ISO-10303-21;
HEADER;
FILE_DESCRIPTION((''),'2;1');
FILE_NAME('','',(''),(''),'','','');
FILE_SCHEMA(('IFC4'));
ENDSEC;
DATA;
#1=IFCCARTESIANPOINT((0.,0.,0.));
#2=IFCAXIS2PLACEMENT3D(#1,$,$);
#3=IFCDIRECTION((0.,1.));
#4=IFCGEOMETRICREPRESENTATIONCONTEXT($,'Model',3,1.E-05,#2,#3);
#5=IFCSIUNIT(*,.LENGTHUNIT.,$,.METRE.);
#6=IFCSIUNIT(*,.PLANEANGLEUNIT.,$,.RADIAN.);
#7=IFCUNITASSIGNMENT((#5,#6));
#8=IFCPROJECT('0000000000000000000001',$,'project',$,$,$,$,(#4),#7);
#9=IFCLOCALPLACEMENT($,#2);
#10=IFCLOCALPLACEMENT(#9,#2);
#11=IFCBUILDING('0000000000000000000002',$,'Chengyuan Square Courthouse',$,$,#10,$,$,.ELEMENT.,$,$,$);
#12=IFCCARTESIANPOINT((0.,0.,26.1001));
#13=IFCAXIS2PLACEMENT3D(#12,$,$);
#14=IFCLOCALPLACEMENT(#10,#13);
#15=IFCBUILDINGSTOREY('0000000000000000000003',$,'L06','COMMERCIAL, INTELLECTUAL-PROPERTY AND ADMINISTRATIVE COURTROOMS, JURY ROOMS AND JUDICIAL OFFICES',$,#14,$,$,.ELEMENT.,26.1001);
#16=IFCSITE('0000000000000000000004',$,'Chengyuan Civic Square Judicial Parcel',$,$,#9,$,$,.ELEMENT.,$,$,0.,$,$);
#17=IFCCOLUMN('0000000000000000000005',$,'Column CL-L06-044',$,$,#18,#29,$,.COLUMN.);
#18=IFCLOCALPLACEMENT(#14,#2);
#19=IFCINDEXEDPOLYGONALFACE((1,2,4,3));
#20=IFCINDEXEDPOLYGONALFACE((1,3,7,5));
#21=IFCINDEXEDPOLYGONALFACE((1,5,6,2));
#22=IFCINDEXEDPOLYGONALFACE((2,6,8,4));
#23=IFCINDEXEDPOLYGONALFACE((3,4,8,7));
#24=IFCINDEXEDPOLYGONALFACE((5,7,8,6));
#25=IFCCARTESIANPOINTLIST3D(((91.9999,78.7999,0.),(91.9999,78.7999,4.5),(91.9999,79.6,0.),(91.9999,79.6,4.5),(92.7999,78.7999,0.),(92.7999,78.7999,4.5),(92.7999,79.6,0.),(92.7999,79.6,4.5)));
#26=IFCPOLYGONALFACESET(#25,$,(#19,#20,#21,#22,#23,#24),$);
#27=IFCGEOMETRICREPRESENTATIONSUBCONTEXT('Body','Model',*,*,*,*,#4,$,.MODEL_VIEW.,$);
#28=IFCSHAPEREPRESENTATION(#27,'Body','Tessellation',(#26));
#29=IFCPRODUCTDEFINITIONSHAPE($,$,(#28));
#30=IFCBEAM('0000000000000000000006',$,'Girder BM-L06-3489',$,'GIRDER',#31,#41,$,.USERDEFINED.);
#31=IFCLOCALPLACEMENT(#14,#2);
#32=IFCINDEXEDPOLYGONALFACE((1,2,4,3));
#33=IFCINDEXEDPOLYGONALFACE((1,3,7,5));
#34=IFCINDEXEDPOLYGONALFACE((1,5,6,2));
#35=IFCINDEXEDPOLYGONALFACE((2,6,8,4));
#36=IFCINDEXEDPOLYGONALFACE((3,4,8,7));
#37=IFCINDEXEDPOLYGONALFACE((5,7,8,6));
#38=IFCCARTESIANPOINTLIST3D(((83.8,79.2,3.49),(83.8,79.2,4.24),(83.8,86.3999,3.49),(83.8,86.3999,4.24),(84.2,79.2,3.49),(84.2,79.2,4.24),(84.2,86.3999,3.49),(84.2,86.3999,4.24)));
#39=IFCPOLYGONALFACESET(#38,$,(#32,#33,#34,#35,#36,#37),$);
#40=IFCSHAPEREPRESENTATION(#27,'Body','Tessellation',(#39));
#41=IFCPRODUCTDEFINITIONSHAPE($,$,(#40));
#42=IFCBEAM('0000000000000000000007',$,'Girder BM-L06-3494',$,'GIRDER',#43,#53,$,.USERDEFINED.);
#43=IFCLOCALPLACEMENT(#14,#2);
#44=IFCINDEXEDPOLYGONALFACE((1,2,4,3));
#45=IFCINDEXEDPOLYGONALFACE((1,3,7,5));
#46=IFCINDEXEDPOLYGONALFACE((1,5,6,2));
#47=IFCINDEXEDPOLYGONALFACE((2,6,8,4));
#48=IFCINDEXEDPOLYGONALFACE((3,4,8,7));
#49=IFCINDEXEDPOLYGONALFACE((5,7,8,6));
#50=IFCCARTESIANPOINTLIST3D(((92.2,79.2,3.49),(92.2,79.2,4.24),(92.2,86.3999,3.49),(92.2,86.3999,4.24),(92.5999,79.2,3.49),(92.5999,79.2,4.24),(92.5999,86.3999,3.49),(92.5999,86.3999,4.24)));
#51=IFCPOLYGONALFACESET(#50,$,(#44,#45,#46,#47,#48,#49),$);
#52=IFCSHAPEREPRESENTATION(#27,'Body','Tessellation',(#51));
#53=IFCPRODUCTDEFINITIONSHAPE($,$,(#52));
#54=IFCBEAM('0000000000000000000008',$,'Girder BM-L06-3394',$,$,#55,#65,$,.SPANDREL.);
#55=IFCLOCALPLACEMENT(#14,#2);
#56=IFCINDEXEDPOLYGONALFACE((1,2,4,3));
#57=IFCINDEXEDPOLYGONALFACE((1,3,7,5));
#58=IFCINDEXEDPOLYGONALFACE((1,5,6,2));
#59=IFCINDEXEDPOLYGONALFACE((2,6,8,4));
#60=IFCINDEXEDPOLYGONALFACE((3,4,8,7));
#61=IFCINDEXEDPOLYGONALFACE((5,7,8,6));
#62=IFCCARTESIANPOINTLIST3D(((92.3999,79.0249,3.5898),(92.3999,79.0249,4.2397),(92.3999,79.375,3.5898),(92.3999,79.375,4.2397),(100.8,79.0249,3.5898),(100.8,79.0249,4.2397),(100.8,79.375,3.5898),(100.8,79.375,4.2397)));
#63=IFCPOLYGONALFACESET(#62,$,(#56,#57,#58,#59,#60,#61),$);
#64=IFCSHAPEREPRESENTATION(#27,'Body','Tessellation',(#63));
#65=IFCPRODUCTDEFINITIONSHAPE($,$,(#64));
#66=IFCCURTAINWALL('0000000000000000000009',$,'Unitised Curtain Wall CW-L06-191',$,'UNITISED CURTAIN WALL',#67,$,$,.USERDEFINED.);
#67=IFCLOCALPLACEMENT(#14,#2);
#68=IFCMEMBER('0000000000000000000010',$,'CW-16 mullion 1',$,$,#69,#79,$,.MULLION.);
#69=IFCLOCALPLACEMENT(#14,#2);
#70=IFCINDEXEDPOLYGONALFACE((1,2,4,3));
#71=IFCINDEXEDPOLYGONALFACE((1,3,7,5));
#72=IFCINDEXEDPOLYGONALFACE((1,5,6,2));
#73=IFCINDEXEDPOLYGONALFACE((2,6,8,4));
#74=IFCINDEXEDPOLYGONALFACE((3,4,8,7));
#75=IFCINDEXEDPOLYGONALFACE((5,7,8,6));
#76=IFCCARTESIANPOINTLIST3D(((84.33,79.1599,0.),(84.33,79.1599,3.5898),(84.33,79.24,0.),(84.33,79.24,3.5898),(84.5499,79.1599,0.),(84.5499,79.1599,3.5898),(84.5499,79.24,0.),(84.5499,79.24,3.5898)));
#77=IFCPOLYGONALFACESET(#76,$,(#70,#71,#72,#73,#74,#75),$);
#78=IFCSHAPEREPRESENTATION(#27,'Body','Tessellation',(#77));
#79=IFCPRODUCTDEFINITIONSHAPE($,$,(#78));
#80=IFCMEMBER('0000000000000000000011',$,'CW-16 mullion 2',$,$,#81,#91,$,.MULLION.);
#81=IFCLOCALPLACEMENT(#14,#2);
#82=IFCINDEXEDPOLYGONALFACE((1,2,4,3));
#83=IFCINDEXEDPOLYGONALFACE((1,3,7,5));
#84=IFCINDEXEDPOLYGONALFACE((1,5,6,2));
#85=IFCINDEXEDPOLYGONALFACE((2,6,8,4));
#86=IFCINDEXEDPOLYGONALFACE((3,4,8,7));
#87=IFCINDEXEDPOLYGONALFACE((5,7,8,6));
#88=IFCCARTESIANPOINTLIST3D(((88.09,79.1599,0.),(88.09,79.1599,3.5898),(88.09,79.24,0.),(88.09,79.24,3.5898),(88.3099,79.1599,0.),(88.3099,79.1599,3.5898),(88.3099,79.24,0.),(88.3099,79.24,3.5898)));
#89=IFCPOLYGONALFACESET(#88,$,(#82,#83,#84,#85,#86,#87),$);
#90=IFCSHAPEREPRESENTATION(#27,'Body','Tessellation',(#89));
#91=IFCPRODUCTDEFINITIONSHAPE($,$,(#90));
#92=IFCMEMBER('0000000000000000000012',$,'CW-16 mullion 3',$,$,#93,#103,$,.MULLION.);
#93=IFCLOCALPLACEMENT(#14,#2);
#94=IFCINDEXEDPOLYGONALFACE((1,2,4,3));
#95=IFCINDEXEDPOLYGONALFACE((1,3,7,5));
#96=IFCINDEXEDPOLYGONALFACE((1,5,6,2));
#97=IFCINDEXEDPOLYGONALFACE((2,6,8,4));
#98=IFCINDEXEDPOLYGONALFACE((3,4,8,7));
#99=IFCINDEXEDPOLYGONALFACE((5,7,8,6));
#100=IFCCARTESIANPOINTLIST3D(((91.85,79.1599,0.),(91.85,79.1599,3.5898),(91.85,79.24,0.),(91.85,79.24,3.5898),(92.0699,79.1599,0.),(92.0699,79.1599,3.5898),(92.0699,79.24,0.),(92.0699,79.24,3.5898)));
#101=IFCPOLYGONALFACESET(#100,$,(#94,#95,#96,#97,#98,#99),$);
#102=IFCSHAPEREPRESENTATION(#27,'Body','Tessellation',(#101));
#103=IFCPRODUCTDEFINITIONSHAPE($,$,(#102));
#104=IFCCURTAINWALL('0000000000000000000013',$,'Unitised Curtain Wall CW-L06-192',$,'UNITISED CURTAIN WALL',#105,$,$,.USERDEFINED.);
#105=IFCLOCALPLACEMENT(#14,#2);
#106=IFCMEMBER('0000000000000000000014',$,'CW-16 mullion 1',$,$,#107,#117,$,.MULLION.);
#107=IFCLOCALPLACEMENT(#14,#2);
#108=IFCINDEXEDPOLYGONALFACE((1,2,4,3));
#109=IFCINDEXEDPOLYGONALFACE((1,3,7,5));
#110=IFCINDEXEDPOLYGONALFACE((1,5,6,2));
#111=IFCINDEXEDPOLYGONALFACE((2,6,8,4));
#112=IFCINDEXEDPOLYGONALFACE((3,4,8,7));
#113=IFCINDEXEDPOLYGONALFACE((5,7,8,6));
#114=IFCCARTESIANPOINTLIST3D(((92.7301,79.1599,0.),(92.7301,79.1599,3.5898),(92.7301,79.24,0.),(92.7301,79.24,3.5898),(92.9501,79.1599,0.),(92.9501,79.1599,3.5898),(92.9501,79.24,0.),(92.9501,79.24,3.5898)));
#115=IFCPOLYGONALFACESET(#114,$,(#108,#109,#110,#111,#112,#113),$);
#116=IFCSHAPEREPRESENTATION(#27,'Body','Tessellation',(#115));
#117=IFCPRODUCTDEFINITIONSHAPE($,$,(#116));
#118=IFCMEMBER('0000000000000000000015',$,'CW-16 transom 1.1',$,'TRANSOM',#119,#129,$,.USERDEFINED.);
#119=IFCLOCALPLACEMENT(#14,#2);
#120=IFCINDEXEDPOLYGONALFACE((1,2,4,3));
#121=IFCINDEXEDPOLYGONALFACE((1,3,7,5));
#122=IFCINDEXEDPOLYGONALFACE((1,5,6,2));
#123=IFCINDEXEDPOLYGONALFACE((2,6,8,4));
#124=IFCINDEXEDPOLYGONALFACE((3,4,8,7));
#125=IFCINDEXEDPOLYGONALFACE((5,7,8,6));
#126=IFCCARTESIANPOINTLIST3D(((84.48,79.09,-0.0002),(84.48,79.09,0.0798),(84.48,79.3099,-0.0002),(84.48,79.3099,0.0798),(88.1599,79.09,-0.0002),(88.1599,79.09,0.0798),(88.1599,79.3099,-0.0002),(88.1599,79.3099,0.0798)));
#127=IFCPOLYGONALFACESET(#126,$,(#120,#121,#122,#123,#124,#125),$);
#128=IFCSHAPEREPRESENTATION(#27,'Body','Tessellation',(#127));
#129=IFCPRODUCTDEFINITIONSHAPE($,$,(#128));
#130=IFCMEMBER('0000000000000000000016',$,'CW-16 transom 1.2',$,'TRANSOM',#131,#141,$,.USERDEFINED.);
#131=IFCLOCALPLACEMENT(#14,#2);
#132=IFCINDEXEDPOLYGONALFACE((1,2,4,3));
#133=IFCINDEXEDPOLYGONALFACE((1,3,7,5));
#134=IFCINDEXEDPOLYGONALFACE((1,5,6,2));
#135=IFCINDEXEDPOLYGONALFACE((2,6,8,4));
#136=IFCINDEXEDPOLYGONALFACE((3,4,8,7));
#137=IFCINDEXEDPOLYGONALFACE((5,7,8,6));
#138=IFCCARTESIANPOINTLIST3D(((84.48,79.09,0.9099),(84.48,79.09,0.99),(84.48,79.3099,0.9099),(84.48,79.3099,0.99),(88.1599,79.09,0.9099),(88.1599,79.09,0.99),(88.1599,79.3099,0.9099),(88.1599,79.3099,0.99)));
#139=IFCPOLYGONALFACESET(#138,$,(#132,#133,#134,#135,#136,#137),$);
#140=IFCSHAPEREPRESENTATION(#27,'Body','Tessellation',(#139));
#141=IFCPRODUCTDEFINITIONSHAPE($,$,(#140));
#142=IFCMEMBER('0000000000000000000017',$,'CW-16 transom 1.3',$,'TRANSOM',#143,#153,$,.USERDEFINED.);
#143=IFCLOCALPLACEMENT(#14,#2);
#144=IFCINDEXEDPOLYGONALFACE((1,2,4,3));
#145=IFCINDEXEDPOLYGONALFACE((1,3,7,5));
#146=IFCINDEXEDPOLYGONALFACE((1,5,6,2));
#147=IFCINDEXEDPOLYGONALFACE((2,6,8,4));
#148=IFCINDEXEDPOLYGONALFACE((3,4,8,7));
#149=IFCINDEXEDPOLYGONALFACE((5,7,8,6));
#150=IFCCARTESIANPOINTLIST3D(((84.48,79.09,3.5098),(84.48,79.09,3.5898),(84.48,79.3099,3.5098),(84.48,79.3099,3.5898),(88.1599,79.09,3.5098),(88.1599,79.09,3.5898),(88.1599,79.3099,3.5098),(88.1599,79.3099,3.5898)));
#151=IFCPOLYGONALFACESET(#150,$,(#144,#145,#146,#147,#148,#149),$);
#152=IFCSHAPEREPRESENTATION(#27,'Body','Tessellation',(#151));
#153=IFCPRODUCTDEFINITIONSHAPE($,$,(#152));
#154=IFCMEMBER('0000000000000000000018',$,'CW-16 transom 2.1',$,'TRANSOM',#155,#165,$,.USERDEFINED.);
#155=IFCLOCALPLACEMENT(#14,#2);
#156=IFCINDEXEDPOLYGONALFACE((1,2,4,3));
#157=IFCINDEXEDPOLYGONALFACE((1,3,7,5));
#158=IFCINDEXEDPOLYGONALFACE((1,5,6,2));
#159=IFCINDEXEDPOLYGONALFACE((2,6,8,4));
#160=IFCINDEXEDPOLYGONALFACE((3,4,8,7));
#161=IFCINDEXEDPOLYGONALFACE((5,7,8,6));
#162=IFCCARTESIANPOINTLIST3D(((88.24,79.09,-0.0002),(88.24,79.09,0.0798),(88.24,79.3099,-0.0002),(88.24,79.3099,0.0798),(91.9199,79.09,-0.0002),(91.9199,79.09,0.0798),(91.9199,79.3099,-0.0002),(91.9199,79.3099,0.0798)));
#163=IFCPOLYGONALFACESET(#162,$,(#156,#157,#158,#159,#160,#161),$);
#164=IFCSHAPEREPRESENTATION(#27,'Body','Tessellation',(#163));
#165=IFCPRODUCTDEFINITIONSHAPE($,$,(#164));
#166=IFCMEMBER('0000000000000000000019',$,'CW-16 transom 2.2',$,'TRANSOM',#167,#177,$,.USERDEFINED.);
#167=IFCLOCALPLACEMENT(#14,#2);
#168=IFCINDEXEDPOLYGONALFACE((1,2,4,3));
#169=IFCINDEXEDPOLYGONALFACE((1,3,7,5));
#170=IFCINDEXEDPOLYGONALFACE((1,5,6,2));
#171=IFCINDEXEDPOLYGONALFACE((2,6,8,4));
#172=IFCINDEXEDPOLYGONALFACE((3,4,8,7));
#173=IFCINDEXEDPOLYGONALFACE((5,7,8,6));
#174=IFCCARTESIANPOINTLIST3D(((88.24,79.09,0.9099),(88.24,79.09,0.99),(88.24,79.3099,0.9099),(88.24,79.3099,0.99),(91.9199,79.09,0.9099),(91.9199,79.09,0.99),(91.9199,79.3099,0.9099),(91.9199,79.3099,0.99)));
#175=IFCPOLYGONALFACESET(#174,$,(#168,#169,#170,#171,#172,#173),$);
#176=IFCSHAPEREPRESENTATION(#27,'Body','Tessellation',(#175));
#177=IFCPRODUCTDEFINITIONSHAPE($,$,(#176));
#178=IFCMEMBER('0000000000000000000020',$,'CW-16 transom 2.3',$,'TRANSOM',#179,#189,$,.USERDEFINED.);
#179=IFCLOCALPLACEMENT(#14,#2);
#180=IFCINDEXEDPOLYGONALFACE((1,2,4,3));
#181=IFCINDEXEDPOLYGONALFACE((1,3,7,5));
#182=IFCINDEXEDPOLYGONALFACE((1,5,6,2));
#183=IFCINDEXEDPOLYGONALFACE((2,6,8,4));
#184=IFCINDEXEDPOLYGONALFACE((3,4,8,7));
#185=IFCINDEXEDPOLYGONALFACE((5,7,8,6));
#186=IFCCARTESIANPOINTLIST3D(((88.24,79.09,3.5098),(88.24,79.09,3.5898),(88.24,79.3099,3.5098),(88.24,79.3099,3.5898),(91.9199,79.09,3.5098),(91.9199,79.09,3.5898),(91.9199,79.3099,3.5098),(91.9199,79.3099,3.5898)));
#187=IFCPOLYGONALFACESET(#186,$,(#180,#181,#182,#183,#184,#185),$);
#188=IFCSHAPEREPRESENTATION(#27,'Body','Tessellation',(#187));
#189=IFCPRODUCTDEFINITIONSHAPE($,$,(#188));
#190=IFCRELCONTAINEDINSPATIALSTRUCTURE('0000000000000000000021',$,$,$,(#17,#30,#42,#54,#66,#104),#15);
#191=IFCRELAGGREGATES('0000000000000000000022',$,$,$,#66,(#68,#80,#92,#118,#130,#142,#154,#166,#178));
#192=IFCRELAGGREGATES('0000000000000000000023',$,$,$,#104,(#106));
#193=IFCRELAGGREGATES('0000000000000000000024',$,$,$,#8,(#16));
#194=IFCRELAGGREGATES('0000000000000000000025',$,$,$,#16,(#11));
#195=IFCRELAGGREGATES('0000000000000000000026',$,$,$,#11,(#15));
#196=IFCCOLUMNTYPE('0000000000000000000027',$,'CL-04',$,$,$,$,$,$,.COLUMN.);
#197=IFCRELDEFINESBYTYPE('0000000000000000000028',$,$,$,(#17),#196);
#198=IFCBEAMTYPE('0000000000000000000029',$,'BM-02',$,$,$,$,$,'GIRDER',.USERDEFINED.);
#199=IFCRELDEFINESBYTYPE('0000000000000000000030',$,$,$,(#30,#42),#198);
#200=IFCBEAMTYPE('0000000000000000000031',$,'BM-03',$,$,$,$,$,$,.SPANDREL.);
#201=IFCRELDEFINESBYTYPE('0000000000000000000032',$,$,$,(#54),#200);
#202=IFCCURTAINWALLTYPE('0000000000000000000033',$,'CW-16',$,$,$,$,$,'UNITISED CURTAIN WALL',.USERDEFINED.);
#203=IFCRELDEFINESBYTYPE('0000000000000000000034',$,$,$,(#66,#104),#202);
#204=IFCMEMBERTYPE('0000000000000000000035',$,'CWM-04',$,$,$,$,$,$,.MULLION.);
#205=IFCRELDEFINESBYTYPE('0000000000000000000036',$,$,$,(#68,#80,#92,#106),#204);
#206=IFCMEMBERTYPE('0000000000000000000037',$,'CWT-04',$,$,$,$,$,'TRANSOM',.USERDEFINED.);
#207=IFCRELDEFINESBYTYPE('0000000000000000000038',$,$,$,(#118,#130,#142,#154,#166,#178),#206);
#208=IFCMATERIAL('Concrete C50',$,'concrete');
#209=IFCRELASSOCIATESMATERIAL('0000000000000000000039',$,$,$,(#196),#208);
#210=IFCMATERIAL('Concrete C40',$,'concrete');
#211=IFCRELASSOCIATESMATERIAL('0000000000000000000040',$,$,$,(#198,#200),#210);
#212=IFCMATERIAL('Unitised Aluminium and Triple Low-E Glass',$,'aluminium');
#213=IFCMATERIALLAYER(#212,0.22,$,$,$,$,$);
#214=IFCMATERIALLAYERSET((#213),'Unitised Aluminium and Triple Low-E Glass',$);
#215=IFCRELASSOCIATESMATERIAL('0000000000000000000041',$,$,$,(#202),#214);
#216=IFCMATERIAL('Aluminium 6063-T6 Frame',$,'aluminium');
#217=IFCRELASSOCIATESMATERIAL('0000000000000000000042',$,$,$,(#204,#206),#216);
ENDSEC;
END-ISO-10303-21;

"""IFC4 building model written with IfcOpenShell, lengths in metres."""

from ifc_helpers import new_model, si_unit, direction, frame, origin, origin_2d, place, context, subcontext, project, spatial, rectangle, extrude, material, layer, layer_set, material_profile, profile_set, type_object, element, aggregate, save


model = new_model("IFC4")

# Units and contexts
model_context = context("Model", 3, precision=1e-05, world=origin(), true_north=direction((0.0, 1.0)))
body_context = subcontext(model_context, "Body", "Model", "MODEL_VIEW")
ifc_project = project(units=[si_unit("LENGTHUNIT", "METRE"), si_unit("PLANEANGLEUNIT", "RADIAN")], contexts=[model_context])

# Site, building, storey
site_placement = place(None, origin())
site = spatial("IfcSite", under=ifc_project, at=site_placement, Name="Chengyuan Civic Square Judicial Parcel", CompositionType="ELEMENT", RefElevation=0.0)
building_placement = place(site_placement, origin())
building = spatial("IfcBuilding", under=site, at=building_placement, Name="Chengyuan Square Courthouse", CompositionType="ELEMENT")
storey_placement = place(building_placement, frame((0.0, 0.0, 26.1001)))
storey = spatial("IfcBuildingStorey", under=building, at=storey_placement, Name="L06", Description="COMMERCIAL, INTELLECTUAL-PROPERTY AND ADMINISTRATIVE COURTROOMS, JURY ROOMS AND JUDICIAL OFFICES", CompositionType="ELEMENT", Elevation=26.1001)

# Column
ifc_material_1 = material(Name="Concrete C50", Category="concrete")
ifc_material_profile_1 = material_profile(ifc_material_1, rectangle(XDim=0.8, YDim=0.8, at=origin_2d()), Name="RC-COL-800x800")
ifc_profile_set_1 = profile_set([ifc_material_profile_1], Name="Concrete C50")
column_type = type_object("IfcColumnType", Name="CL-04", PredefinedType="COLUMN", material=ifc_profile_set_1)
column_placement = place(storey_placement, frame((92.3999, 79.2, 0.0), z_axis=(0.0, 0.0, 1.0), x_axis=(1.0, 0.0, 0.0)))
element("IfcColumn", 1, at=column_placement, inside=storey, type_object=column_type, Name="Column CL-L06-044", PredefinedType="COLUMN", context=body_context, shape_type="SweptSolid", body=[
    extrude(rectangle(XDim=0.8, YDim=0.8, at=origin_2d()), origin(), (0.0, 0.0, 1.0), 4.5),
])

# Beams
ifc_material_2 = material(Name="Concrete C40", Category="concrete")
ifc_material_profile_2 = material_profile(ifc_material_2, rectangle(XDim=0.3999, YDim=0.75, at=origin_2d()), Name="RC-BM-400x750")
ifc_profile_set_2 = profile_set([ifc_material_profile_2], Name="Concrete C40")
beam_type_1 = type_object("IfcBeamType", Name="BM-02", ElementType="GIRDER", PredefinedType="USERDEFINED", material=ifc_profile_set_2)
for number, where, z_axis, x_axis, name in (
    (2, (84.0, 79.2, 3.865), (0.0, 1.0, 0.0), (-1.0, 0.0, 0.0), "Girder BM-L06-3489"),
    (3, (92.3999, 79.2, 3.865), (0.0, 1.0, 0.0), (-1.0, 0.0, 0.0), "Girder BM-L06-3494"),
):
    element("IfcBeam", number, at=place(storey_placement, frame(where, z_axis=z_axis, x_axis=x_axis)), inside=storey, type_object=beam_type_1, Name=name, ObjectType="GIRDER", PredefinedType="USERDEFINED", context=body_context, shape_type="SweptSolid", body=[
        extrude(rectangle(XDim=0.3999, YDim=0.75, at=origin_2d()), origin(), (0.0, 0.0, 1.0), 7.2),
    ])
ifc_material_profile_3 = material_profile(ifc_material_2, rectangle(XDim=0.3501, YDim=0.6499, at=origin_2d()), Name="RC-BM-350x650")
ifc_profile_set_3 = profile_set([ifc_material_profile_3], Name="Concrete C40")
beam_type_2 = type_object("IfcBeamType", Name="BM-03", PredefinedType="SPANDREL", material=ifc_profile_set_3)
beam_placement = place(storey_placement, frame((92.3999, 79.2, 3.9148), z_axis=(1.0, 0.0, 0.0), x_axis=(0.0, 1.0, 0.0)))
element("IfcBeam", 4, at=beam_placement, inside=storey, type_object=beam_type_2, Name="Girder BM-L06-3394", PredefinedType="SPANDREL", context=body_context, shape_type="SweptSolid", body=[
    extrude(rectangle(XDim=0.3501, YDim=0.6499, at=origin_2d()), origin(), (0.0, 0.0, 1.0), 8.4001),
])

# Curtain wall, members
ifc_material_3 = material(Name="Unitised Aluminium and Triple Low-E Glass", Category="aluminium")
ifc_layer_1 = layer(ifc_material_3, 0.22)
ifc_layer_set_1 = layer_set([ifc_layer_1], Name="Unitised Aluminium and Triple Low-E Glass")
curtain_wall_type = type_object("IfcCurtainWallType", Name="CW-16", ElementType="UNITISED CURTAIN WALL", PredefinedType="USERDEFINED", material=ifc_layer_set_1)
curtain_wall_1_placement = place(storey_placement, origin())
curtain_wall_1 = element("IfcCurtainWall", 5, at=curtain_wall_1_placement, inside=storey, type_object=curtain_wall_type, Name="Unitised Curtain Wall CW-L06-191", ObjectType="UNITISED CURTAIN WALL", PredefinedType="USERDEFINED")
ifc_material_4 = material(Name="Aluminium 6063-T6 Frame", Category="aluminium")
ifc_material_profile_4 = material_profile(ifc_material_4, rectangle(XDim=0.0801, YDim=0.22, at=origin_2d()), Name="CW-MUL-80x220")
ifc_profile_set_4 = profile_set([ifc_material_profile_4], Name="Aluminium 6063-T6 Frame")
member_type_1 = type_object("IfcMemberType", Name="CWM-04", PredefinedType="MULLION", material=ifc_profile_set_4)
member_1_placement = place(storey_placement, frame((84.4399, 79.2, 0.0), z_axis=(0.0, 0.0, 1.0), x_axis=(0.0, 1.0, 0.0)))
member_1 = element("IfcMember", 6, at=member_1_placement, type_object=member_type_1, Name="CW-16 mullion 1", PredefinedType="MULLION", context=body_context, shape_type="SweptSolid", body=[
    extrude(rectangle(XDim=0.0801, YDim=0.22, at=origin_2d()), origin(), (0.0, 0.0, 1.0), 3.5898),
])
member_2_placement = place(storey_placement, frame((88.2, 79.2, 0.0), z_axis=(0.0, 0.0, 1.0), x_axis=(0.0, 1.0, 0.0)))
member_2 = element("IfcMember", 7, at=member_2_placement, type_object=member_type_1, Name="CW-16 mullion 2", PredefinedType="MULLION", context=body_context, shape_type="SweptSolid", body=[
    extrude(rectangle(XDim=0.0801, YDim=0.22, at=origin_2d()), origin(), (0.0, 0.0, 1.0), 3.5898),
])
member_3_placement = place(storey_placement, frame((91.96, 79.2, 0.0), z_axis=(0.0, 0.0, 1.0), x_axis=(0.0, 1.0, 0.0)))
member_3 = element("IfcMember", 8, at=member_3_placement, type_object=member_type_1, Name="CW-16 mullion 3", PredefinedType="MULLION", context=body_context, shape_type="SweptSolid", body=[
    extrude(rectangle(XDim=0.0801, YDim=0.22, at=origin_2d()), origin(), (0.0, 0.0, 1.0), 3.5898),
])

# Curtain wall, member
curtain_wall_2_placement = place(storey_placement, origin())
curtain_wall_2 = element("IfcCurtainWall", 9, at=curtain_wall_2_placement, inside=storey, type_object=curtain_wall_type, Name="Unitised Curtain Wall CW-L06-192", ObjectType="UNITISED CURTAIN WALL", PredefinedType="USERDEFINED")
member_4_placement = place(storey_placement, frame((92.8401, 79.2, 0.0), z_axis=(0.0, 0.0, 1.0), x_axis=(0.0, 1.0, 0.0)))
member_4 = element("IfcMember", 10, at=member_4_placement, type_object=member_type_1, Name="CW-16 mullion 1", PredefinedType="MULLION", context=body_context, shape_type="SweptSolid", body=[
    extrude(rectangle(XDim=0.0801, YDim=0.22, at=origin_2d()), origin(), (0.0, 0.0, 1.0), 3.5898),
])

# Members
ifc_material_profile_5 = material_profile(ifc_material_4, rectangle(XDim=0.22, YDim=0.0801, at=origin_2d()), Name="CW-TRN-80x180")
ifc_profile_set_5 = profile_set([ifc_material_profile_5], Name="Aluminium 6063-T6 Frame")
member_type_2 = type_object("IfcMemberType", Name="CWT-04", ElementType="TRANSOM", PredefinedType="USERDEFINED", material=ifc_profile_set_5)
member_5_placement = place(storey_placement, frame((84.48, 79.2, 0.0398), z_axis=(1.0, 0.0, 0.0), x_axis=(0.0, 1.0, 0.0)))
member_5 = element("IfcMember", 11, at=member_5_placement, type_object=member_type_2, Name="CW-16 transom 1.1", ObjectType="TRANSOM", PredefinedType="USERDEFINED", context=body_context, shape_type="SweptSolid", body=[
    extrude(rectangle(XDim=0.22, YDim=0.0801, at=origin_2d()), origin(), (0.0, 0.0, 1.0), 3.6799),
])
member_6_placement = place(storey_placement, frame((84.48, 79.2, 0.95), z_axis=(1.0, 0.0, 0.0), x_axis=(0.0, 1.0, 0.0)))
member_6 = element("IfcMember", 12, at=member_6_placement, type_object=member_type_2, Name="CW-16 transom 1.2", ObjectType="TRANSOM", PredefinedType="USERDEFINED", context=body_context, shape_type="SweptSolid", body=[
    extrude(rectangle(XDim=0.22, YDim=0.0801, at=origin_2d()), origin(), (0.0, 0.0, 1.0), 3.6799),
])
member_7_placement = place(storey_placement, frame((84.48, 79.2, 3.5498), z_axis=(1.0, 0.0, 0.0), x_axis=(0.0, 1.0, 0.0)))
member_7 = element("IfcMember", 13, at=member_7_placement, type_object=member_type_2, Name="CW-16 transom 1.3", ObjectType="TRANSOM", PredefinedType="USERDEFINED", context=body_context, shape_type="SweptSolid", body=[
    extrude(rectangle(XDim=0.22, YDim=0.0801, at=origin_2d()), origin(), (0.0, 0.0, 1.0), 3.6799),
])
member_8_placement = place(storey_placement, frame((88.24, 79.2, 0.0398), z_axis=(1.0, 0.0, 0.0), x_axis=(0.0, 1.0, 0.0)))
member_8 = element("IfcMember", 14, at=member_8_placement, type_object=member_type_2, Name="CW-16 transom 2.1", ObjectType="TRANSOM", PredefinedType="USERDEFINED", context=body_context, shape_type="SweptSolid", body=[
    extrude(rectangle(XDim=0.22, YDim=0.0801, at=origin_2d()), origin(), (0.0, 0.0, 1.0), 3.6799),
])
member_9_placement = place(storey_placement, frame((88.24, 79.2, 0.95), z_axis=(1.0, 0.0, 0.0), x_axis=(0.0, 1.0, 0.0)))
member_9 = element("IfcMember", 15, at=member_9_placement, type_object=member_type_2, Name="CW-16 transom 2.2", ObjectType="TRANSOM", PredefinedType="USERDEFINED", context=body_context, shape_type="SweptSolid", body=[
    extrude(rectangle(XDim=0.22, YDim=0.0801, at=origin_2d()), origin(), (0.0, 0.0, 1.0), 3.6799),
])
member_10_placement = place(storey_placement, frame((88.24, 79.2, 3.5498), z_axis=(1.0, 0.0, 0.0), x_axis=(0.0, 1.0, 0.0)))
member_10 = element("IfcMember", 16, at=member_10_placement, type_object=member_type_2, Name="CW-16 transom 2.3", ObjectType="TRANSOM", PredefinedType="USERDEFINED", context=body_context, shape_type="SweptSolid", body=[
    extrude(rectangle(XDim=0.22, YDim=0.0801, at=origin_2d()), origin(), (0.0, 0.0, 1.0), 3.6799),
])

aggregate(curtain_wall_1, [member_1, member_2, member_3, member_5, member_6, member_7, member_8, member_9, member_10])
aggregate(curtain_wall_2, [member_4])

save(model, "model.ifc")
